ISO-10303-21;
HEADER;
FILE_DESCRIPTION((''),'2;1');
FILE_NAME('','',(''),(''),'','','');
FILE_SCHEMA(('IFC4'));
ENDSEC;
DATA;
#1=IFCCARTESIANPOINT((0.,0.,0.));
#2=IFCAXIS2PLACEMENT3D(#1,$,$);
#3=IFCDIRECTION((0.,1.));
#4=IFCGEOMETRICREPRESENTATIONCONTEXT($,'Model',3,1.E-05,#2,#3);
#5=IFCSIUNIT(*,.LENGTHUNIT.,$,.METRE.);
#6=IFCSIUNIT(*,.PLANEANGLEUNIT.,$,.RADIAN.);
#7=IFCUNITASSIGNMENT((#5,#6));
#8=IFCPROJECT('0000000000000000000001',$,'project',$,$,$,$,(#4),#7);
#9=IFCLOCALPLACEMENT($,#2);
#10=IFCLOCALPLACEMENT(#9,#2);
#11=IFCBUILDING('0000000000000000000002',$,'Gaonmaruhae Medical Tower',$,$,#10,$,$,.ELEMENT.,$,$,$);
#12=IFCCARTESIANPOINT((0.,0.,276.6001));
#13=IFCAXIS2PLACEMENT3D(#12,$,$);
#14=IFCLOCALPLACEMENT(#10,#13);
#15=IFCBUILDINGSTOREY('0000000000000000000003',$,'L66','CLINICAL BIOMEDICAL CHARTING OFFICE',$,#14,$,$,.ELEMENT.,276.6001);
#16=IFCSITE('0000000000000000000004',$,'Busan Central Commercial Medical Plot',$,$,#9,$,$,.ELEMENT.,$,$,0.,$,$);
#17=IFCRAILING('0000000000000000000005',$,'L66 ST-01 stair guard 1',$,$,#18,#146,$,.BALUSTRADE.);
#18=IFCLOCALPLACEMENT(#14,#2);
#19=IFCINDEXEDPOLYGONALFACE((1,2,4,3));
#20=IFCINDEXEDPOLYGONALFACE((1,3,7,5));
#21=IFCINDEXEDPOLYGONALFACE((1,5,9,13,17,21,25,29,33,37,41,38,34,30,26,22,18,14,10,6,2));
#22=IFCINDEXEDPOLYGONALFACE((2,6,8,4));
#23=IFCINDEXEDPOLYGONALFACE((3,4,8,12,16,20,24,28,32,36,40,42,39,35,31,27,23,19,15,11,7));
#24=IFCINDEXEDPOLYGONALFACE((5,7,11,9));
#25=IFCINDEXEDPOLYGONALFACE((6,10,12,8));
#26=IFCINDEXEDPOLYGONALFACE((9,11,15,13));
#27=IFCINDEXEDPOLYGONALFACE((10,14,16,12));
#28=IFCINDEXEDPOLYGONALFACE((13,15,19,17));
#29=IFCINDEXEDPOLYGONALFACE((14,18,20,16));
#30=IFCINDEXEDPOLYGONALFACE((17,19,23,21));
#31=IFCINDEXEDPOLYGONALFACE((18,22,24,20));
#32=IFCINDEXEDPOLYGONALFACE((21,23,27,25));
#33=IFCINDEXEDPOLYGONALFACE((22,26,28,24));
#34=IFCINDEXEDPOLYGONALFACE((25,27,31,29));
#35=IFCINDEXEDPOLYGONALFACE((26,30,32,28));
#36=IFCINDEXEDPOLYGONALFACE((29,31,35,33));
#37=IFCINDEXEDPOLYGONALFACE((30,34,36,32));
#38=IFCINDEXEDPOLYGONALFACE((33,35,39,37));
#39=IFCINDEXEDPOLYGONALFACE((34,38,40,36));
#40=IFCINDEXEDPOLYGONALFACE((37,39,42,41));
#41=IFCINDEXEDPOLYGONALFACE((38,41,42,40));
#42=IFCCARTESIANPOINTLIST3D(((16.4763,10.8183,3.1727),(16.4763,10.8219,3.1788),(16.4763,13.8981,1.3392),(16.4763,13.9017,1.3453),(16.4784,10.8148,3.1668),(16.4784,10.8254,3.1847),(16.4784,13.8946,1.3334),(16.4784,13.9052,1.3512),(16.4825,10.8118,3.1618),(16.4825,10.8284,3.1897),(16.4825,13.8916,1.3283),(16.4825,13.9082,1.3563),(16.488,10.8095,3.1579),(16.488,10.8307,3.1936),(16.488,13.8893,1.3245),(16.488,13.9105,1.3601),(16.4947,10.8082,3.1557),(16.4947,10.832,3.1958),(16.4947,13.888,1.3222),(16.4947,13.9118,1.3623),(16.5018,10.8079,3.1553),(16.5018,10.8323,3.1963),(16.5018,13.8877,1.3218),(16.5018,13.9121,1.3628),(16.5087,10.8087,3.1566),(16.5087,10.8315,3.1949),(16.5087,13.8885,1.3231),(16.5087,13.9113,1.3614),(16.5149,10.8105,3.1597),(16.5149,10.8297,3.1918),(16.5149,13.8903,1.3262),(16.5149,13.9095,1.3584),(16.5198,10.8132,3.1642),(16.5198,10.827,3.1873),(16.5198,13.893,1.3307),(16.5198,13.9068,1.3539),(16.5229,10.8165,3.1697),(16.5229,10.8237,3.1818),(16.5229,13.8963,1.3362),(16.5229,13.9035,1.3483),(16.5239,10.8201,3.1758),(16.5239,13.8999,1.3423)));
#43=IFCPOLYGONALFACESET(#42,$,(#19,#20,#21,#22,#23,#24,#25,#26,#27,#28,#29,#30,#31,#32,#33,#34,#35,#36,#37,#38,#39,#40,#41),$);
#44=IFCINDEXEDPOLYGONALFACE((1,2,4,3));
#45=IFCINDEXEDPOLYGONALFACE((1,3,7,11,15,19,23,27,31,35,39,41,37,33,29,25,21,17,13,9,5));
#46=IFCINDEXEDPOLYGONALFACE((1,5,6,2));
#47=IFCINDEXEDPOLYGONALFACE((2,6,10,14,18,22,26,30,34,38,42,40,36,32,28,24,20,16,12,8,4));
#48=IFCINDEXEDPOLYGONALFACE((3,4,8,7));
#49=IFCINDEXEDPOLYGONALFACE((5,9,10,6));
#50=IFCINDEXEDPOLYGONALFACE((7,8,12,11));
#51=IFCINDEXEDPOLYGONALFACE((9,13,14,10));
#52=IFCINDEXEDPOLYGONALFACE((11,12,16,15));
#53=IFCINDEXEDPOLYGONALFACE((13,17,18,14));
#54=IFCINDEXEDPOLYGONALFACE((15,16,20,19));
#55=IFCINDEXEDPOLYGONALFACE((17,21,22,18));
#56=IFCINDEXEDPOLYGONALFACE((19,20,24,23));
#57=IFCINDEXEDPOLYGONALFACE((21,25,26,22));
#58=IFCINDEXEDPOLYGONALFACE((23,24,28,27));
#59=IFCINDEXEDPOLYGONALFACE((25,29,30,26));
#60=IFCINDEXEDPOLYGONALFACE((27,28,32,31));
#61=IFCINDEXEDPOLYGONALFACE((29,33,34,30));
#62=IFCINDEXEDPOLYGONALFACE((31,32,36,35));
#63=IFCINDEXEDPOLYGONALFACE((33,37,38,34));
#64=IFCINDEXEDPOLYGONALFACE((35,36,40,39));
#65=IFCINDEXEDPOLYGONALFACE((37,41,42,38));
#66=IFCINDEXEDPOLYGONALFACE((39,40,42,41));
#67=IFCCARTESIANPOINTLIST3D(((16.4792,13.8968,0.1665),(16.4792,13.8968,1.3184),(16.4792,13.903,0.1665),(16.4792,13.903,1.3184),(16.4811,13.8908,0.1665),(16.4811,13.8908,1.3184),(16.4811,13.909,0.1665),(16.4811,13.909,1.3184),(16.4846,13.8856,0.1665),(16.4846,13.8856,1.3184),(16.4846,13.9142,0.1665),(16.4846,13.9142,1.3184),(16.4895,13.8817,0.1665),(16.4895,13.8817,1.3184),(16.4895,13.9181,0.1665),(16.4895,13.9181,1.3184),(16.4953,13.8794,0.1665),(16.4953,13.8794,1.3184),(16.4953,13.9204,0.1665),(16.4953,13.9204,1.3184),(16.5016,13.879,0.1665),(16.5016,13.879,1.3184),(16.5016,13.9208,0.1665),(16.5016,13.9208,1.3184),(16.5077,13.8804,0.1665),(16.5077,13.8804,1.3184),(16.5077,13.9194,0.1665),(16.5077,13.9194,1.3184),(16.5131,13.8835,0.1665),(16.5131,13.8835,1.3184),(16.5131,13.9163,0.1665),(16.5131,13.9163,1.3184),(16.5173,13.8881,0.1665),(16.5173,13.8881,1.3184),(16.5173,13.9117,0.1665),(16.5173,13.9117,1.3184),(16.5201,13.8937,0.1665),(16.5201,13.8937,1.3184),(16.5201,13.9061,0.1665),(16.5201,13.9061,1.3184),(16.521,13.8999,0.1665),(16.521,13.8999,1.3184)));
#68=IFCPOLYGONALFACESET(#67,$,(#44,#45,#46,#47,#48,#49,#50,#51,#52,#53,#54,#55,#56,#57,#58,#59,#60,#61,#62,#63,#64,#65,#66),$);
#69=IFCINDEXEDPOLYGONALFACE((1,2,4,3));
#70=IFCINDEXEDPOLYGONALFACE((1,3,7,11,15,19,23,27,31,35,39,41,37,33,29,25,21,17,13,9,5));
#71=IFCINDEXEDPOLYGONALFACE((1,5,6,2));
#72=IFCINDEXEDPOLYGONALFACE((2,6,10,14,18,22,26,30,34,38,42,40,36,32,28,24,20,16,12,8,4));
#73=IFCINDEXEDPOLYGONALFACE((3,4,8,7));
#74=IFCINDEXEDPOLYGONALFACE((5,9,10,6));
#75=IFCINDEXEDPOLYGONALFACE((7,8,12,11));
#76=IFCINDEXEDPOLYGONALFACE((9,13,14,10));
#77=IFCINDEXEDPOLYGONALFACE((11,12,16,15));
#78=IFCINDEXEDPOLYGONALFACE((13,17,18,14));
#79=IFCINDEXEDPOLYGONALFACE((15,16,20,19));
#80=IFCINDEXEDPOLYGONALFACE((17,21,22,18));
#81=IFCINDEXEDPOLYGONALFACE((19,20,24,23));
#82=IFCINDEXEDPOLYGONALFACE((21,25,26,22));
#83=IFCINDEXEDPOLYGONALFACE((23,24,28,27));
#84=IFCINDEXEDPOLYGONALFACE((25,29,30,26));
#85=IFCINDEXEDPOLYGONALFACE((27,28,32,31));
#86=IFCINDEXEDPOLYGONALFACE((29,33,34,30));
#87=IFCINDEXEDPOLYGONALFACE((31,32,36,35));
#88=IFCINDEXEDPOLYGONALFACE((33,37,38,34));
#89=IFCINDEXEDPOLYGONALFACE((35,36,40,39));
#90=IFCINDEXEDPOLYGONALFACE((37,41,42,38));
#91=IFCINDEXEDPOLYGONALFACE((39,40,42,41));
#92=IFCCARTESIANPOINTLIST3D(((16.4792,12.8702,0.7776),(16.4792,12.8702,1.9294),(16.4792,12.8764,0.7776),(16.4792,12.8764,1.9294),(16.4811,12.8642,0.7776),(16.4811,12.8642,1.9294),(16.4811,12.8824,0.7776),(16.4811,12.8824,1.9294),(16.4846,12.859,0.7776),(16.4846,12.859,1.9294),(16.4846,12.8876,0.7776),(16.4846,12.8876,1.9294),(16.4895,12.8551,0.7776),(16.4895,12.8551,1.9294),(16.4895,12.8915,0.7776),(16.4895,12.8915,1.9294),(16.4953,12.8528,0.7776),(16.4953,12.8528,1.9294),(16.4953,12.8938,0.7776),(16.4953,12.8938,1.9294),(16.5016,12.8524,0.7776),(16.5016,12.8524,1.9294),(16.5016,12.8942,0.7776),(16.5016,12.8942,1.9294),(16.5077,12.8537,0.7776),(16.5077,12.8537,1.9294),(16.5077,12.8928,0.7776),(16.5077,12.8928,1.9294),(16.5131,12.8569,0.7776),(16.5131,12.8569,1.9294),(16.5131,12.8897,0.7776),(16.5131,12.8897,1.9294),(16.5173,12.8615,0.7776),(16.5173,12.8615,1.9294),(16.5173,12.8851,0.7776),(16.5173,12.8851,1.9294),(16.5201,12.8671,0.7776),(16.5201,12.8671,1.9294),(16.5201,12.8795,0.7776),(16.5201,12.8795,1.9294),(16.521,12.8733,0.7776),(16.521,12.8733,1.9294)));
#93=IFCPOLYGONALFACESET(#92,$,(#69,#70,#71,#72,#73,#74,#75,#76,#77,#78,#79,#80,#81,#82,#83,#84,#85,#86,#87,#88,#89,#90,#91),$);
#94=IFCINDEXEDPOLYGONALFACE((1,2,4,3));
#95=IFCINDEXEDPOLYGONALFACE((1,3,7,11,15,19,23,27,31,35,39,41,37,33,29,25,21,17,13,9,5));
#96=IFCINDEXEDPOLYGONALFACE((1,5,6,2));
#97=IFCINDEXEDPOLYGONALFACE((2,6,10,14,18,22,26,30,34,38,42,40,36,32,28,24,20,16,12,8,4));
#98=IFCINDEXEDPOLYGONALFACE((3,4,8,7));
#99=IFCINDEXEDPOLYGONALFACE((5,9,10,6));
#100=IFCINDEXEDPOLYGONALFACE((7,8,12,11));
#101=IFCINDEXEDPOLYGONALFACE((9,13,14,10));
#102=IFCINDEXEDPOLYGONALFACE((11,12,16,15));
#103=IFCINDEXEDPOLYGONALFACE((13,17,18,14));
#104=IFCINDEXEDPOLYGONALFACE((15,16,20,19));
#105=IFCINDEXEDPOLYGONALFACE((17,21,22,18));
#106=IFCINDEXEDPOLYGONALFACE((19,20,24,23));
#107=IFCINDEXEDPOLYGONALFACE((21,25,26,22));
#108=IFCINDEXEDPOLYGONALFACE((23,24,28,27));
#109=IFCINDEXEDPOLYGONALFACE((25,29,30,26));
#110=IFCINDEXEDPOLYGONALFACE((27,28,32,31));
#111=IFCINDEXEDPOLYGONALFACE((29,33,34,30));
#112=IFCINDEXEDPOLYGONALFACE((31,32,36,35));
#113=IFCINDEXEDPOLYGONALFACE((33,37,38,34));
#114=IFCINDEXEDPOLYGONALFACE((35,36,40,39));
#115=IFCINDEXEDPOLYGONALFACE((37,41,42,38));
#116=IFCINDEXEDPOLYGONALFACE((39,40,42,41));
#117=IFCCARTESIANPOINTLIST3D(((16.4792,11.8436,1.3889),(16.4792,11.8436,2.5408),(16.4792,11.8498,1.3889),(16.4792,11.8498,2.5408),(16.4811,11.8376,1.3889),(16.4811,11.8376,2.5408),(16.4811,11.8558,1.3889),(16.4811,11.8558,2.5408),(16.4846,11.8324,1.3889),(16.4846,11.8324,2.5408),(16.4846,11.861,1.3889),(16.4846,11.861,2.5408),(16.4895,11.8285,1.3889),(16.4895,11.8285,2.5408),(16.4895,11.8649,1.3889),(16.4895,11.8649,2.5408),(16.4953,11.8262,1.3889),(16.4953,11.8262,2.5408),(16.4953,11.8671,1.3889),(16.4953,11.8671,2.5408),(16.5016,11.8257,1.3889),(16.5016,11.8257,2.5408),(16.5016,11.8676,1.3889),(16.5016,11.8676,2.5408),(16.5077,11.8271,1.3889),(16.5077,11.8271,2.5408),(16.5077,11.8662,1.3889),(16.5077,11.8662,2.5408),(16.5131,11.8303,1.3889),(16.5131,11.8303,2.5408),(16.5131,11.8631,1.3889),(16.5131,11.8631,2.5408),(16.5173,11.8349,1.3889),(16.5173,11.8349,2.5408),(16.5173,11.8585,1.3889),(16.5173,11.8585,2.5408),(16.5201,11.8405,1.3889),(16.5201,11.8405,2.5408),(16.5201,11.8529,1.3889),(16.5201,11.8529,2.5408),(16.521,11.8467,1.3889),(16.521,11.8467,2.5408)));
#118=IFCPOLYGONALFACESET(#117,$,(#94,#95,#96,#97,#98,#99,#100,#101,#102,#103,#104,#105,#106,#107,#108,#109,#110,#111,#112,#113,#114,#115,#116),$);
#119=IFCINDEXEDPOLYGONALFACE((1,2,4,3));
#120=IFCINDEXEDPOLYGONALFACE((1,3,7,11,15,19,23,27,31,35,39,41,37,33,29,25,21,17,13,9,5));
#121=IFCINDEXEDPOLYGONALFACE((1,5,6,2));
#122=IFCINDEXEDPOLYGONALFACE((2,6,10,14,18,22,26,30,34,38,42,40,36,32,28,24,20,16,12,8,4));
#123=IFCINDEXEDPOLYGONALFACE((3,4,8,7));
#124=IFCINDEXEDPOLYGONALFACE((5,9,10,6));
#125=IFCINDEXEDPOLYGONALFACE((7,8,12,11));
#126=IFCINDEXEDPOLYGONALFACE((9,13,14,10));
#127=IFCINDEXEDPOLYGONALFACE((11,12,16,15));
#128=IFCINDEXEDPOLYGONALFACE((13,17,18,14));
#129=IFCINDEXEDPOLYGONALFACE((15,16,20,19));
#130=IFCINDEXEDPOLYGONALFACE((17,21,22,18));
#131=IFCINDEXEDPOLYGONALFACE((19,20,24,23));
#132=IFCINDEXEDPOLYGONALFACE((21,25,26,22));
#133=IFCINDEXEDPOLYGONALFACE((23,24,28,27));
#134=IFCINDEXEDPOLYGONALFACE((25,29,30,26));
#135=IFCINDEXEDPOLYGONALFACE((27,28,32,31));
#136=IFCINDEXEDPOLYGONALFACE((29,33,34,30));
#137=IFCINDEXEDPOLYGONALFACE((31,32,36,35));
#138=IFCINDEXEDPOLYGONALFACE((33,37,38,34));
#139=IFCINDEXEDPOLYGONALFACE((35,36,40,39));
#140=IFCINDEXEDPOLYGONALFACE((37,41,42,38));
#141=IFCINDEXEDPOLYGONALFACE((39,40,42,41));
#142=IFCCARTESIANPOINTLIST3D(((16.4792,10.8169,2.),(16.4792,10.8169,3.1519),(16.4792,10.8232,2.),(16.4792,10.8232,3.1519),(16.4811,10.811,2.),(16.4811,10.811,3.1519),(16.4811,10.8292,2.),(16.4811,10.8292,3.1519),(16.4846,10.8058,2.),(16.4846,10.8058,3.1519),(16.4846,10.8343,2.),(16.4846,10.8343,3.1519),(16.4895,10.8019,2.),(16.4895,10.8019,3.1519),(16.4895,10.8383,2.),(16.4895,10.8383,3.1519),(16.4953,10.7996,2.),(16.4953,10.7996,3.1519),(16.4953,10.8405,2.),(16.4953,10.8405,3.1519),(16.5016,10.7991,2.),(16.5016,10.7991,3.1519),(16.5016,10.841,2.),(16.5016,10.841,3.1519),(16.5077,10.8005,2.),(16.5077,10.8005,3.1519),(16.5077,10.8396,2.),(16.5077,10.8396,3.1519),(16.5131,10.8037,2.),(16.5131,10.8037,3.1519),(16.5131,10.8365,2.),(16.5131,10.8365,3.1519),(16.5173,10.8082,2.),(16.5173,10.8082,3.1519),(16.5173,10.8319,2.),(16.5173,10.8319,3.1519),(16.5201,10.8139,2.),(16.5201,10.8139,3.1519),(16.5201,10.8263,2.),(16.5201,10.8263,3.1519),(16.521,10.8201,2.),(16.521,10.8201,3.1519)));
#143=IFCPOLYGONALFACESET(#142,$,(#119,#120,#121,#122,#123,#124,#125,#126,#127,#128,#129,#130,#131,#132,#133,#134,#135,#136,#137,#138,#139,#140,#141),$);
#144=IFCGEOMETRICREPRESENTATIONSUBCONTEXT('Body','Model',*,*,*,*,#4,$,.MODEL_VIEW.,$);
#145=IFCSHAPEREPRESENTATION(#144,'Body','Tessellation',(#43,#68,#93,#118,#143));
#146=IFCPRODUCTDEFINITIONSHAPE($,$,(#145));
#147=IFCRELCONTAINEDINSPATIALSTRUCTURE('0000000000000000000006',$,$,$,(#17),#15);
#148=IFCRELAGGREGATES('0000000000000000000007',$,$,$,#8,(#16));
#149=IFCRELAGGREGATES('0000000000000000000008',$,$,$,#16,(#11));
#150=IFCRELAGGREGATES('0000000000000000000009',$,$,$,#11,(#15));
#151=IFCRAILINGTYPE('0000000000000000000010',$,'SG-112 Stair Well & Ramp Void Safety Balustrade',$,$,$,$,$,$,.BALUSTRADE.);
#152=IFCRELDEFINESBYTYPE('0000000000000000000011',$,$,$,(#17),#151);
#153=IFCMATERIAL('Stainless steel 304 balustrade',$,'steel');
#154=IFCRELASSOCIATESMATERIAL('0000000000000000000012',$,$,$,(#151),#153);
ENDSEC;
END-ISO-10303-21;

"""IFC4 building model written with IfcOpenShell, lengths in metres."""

from ifc_helpers import new_model, si_unit, direction, frame, origin, origin_2d, place, context, subcontext, project, spatial, circle, extrude, material, type_object, element, save


model = new_model("IFC4")

# Units and contexts
model_context = context("Model", 3, precision=1e-05, world=origin(), true_north=direction((0.0, 1.0)))
body_context = subcontext(model_context, "Body", "Model", "MODEL_VIEW")
ifc_project = project(units=[si_unit("LENGTHUNIT", "METRE"), si_unit("PLANEANGLEUNIT", "RADIAN")], contexts=[model_context])

# Site, building, storey
site_placement = place(None, origin())
site = spatial("IfcSite", under=ifc_project, at=site_placement, Name="Busan Central Commercial Medical Plot", CompositionType="ELEMENT", RefElevation=0.0)
building_placement = place(site_placement, origin())
building = spatial("IfcBuilding", under=site, at=building_placement, Name="Gaonmaruhae Medical Tower", CompositionType="ELEMENT")
storey_placement = place(building_placement, frame((0.0, 0.0, 276.6001)))
storey = spatial("IfcBuildingStorey", under=building, at=storey_placement, Name="L66", Description="CLINICAL BIOMEDICAL CHARTING OFFICE", CompositionType="ELEMENT", Elevation=276.6001)

# Railing
ifc_material_1 = material(Name="Stainless steel 304 balustrade", Category="steel")
railing_type_1 = type_object("IfcRailingType", Name="SG-112 Stair Well & Ramp Void Safety Balustrade", PredefinedType="BALUSTRADE", material=ifc_material_1)
railing_1_placement = place(storey_placement, frame((16.5, 13.8999, 0.1665)))
element("IfcRailing", 1, at=railing_1_placement, inside=storey, type_object=railing_type_1, Name="L66 ST-01 stair guard 1", PredefinedType="BALUSTRADE", context=body_context, shape_type="SweptSolid", body=[
    extrude(circle(Radius=0.0239, at=origin_2d()), frame((0.0, 0.0, 1.1758), z_axis=(0.0, -0.859261, 0.511538), x_axis=(1.0, 0.0, 0.0)), (0.0, 0.0, 1.0), 3.5842),
    extrude(circle(Radius=0.021, at=origin_2d()), origin(), (0.0, 0.0, 1.0), 1.1519),
    extrude(circle(Radius=0.021, at=origin_2d()), frame((0.0, -1.0266, 0.6111)), (0.0, 0.0, 1.0), 1.1519),
    extrude(circle(Radius=0.021, at=origin_2d()), frame((0.0, -2.0532, 1.2224)), (0.0, 0.0, 1.0), 1.1519),
    extrude(circle(Radius=0.021, at=origin_2d()), frame((0.0, -3.0798, 1.8335)), (0.0, 0.0, 1.0), 1.1519),
])

save(model, "model.ifc")
